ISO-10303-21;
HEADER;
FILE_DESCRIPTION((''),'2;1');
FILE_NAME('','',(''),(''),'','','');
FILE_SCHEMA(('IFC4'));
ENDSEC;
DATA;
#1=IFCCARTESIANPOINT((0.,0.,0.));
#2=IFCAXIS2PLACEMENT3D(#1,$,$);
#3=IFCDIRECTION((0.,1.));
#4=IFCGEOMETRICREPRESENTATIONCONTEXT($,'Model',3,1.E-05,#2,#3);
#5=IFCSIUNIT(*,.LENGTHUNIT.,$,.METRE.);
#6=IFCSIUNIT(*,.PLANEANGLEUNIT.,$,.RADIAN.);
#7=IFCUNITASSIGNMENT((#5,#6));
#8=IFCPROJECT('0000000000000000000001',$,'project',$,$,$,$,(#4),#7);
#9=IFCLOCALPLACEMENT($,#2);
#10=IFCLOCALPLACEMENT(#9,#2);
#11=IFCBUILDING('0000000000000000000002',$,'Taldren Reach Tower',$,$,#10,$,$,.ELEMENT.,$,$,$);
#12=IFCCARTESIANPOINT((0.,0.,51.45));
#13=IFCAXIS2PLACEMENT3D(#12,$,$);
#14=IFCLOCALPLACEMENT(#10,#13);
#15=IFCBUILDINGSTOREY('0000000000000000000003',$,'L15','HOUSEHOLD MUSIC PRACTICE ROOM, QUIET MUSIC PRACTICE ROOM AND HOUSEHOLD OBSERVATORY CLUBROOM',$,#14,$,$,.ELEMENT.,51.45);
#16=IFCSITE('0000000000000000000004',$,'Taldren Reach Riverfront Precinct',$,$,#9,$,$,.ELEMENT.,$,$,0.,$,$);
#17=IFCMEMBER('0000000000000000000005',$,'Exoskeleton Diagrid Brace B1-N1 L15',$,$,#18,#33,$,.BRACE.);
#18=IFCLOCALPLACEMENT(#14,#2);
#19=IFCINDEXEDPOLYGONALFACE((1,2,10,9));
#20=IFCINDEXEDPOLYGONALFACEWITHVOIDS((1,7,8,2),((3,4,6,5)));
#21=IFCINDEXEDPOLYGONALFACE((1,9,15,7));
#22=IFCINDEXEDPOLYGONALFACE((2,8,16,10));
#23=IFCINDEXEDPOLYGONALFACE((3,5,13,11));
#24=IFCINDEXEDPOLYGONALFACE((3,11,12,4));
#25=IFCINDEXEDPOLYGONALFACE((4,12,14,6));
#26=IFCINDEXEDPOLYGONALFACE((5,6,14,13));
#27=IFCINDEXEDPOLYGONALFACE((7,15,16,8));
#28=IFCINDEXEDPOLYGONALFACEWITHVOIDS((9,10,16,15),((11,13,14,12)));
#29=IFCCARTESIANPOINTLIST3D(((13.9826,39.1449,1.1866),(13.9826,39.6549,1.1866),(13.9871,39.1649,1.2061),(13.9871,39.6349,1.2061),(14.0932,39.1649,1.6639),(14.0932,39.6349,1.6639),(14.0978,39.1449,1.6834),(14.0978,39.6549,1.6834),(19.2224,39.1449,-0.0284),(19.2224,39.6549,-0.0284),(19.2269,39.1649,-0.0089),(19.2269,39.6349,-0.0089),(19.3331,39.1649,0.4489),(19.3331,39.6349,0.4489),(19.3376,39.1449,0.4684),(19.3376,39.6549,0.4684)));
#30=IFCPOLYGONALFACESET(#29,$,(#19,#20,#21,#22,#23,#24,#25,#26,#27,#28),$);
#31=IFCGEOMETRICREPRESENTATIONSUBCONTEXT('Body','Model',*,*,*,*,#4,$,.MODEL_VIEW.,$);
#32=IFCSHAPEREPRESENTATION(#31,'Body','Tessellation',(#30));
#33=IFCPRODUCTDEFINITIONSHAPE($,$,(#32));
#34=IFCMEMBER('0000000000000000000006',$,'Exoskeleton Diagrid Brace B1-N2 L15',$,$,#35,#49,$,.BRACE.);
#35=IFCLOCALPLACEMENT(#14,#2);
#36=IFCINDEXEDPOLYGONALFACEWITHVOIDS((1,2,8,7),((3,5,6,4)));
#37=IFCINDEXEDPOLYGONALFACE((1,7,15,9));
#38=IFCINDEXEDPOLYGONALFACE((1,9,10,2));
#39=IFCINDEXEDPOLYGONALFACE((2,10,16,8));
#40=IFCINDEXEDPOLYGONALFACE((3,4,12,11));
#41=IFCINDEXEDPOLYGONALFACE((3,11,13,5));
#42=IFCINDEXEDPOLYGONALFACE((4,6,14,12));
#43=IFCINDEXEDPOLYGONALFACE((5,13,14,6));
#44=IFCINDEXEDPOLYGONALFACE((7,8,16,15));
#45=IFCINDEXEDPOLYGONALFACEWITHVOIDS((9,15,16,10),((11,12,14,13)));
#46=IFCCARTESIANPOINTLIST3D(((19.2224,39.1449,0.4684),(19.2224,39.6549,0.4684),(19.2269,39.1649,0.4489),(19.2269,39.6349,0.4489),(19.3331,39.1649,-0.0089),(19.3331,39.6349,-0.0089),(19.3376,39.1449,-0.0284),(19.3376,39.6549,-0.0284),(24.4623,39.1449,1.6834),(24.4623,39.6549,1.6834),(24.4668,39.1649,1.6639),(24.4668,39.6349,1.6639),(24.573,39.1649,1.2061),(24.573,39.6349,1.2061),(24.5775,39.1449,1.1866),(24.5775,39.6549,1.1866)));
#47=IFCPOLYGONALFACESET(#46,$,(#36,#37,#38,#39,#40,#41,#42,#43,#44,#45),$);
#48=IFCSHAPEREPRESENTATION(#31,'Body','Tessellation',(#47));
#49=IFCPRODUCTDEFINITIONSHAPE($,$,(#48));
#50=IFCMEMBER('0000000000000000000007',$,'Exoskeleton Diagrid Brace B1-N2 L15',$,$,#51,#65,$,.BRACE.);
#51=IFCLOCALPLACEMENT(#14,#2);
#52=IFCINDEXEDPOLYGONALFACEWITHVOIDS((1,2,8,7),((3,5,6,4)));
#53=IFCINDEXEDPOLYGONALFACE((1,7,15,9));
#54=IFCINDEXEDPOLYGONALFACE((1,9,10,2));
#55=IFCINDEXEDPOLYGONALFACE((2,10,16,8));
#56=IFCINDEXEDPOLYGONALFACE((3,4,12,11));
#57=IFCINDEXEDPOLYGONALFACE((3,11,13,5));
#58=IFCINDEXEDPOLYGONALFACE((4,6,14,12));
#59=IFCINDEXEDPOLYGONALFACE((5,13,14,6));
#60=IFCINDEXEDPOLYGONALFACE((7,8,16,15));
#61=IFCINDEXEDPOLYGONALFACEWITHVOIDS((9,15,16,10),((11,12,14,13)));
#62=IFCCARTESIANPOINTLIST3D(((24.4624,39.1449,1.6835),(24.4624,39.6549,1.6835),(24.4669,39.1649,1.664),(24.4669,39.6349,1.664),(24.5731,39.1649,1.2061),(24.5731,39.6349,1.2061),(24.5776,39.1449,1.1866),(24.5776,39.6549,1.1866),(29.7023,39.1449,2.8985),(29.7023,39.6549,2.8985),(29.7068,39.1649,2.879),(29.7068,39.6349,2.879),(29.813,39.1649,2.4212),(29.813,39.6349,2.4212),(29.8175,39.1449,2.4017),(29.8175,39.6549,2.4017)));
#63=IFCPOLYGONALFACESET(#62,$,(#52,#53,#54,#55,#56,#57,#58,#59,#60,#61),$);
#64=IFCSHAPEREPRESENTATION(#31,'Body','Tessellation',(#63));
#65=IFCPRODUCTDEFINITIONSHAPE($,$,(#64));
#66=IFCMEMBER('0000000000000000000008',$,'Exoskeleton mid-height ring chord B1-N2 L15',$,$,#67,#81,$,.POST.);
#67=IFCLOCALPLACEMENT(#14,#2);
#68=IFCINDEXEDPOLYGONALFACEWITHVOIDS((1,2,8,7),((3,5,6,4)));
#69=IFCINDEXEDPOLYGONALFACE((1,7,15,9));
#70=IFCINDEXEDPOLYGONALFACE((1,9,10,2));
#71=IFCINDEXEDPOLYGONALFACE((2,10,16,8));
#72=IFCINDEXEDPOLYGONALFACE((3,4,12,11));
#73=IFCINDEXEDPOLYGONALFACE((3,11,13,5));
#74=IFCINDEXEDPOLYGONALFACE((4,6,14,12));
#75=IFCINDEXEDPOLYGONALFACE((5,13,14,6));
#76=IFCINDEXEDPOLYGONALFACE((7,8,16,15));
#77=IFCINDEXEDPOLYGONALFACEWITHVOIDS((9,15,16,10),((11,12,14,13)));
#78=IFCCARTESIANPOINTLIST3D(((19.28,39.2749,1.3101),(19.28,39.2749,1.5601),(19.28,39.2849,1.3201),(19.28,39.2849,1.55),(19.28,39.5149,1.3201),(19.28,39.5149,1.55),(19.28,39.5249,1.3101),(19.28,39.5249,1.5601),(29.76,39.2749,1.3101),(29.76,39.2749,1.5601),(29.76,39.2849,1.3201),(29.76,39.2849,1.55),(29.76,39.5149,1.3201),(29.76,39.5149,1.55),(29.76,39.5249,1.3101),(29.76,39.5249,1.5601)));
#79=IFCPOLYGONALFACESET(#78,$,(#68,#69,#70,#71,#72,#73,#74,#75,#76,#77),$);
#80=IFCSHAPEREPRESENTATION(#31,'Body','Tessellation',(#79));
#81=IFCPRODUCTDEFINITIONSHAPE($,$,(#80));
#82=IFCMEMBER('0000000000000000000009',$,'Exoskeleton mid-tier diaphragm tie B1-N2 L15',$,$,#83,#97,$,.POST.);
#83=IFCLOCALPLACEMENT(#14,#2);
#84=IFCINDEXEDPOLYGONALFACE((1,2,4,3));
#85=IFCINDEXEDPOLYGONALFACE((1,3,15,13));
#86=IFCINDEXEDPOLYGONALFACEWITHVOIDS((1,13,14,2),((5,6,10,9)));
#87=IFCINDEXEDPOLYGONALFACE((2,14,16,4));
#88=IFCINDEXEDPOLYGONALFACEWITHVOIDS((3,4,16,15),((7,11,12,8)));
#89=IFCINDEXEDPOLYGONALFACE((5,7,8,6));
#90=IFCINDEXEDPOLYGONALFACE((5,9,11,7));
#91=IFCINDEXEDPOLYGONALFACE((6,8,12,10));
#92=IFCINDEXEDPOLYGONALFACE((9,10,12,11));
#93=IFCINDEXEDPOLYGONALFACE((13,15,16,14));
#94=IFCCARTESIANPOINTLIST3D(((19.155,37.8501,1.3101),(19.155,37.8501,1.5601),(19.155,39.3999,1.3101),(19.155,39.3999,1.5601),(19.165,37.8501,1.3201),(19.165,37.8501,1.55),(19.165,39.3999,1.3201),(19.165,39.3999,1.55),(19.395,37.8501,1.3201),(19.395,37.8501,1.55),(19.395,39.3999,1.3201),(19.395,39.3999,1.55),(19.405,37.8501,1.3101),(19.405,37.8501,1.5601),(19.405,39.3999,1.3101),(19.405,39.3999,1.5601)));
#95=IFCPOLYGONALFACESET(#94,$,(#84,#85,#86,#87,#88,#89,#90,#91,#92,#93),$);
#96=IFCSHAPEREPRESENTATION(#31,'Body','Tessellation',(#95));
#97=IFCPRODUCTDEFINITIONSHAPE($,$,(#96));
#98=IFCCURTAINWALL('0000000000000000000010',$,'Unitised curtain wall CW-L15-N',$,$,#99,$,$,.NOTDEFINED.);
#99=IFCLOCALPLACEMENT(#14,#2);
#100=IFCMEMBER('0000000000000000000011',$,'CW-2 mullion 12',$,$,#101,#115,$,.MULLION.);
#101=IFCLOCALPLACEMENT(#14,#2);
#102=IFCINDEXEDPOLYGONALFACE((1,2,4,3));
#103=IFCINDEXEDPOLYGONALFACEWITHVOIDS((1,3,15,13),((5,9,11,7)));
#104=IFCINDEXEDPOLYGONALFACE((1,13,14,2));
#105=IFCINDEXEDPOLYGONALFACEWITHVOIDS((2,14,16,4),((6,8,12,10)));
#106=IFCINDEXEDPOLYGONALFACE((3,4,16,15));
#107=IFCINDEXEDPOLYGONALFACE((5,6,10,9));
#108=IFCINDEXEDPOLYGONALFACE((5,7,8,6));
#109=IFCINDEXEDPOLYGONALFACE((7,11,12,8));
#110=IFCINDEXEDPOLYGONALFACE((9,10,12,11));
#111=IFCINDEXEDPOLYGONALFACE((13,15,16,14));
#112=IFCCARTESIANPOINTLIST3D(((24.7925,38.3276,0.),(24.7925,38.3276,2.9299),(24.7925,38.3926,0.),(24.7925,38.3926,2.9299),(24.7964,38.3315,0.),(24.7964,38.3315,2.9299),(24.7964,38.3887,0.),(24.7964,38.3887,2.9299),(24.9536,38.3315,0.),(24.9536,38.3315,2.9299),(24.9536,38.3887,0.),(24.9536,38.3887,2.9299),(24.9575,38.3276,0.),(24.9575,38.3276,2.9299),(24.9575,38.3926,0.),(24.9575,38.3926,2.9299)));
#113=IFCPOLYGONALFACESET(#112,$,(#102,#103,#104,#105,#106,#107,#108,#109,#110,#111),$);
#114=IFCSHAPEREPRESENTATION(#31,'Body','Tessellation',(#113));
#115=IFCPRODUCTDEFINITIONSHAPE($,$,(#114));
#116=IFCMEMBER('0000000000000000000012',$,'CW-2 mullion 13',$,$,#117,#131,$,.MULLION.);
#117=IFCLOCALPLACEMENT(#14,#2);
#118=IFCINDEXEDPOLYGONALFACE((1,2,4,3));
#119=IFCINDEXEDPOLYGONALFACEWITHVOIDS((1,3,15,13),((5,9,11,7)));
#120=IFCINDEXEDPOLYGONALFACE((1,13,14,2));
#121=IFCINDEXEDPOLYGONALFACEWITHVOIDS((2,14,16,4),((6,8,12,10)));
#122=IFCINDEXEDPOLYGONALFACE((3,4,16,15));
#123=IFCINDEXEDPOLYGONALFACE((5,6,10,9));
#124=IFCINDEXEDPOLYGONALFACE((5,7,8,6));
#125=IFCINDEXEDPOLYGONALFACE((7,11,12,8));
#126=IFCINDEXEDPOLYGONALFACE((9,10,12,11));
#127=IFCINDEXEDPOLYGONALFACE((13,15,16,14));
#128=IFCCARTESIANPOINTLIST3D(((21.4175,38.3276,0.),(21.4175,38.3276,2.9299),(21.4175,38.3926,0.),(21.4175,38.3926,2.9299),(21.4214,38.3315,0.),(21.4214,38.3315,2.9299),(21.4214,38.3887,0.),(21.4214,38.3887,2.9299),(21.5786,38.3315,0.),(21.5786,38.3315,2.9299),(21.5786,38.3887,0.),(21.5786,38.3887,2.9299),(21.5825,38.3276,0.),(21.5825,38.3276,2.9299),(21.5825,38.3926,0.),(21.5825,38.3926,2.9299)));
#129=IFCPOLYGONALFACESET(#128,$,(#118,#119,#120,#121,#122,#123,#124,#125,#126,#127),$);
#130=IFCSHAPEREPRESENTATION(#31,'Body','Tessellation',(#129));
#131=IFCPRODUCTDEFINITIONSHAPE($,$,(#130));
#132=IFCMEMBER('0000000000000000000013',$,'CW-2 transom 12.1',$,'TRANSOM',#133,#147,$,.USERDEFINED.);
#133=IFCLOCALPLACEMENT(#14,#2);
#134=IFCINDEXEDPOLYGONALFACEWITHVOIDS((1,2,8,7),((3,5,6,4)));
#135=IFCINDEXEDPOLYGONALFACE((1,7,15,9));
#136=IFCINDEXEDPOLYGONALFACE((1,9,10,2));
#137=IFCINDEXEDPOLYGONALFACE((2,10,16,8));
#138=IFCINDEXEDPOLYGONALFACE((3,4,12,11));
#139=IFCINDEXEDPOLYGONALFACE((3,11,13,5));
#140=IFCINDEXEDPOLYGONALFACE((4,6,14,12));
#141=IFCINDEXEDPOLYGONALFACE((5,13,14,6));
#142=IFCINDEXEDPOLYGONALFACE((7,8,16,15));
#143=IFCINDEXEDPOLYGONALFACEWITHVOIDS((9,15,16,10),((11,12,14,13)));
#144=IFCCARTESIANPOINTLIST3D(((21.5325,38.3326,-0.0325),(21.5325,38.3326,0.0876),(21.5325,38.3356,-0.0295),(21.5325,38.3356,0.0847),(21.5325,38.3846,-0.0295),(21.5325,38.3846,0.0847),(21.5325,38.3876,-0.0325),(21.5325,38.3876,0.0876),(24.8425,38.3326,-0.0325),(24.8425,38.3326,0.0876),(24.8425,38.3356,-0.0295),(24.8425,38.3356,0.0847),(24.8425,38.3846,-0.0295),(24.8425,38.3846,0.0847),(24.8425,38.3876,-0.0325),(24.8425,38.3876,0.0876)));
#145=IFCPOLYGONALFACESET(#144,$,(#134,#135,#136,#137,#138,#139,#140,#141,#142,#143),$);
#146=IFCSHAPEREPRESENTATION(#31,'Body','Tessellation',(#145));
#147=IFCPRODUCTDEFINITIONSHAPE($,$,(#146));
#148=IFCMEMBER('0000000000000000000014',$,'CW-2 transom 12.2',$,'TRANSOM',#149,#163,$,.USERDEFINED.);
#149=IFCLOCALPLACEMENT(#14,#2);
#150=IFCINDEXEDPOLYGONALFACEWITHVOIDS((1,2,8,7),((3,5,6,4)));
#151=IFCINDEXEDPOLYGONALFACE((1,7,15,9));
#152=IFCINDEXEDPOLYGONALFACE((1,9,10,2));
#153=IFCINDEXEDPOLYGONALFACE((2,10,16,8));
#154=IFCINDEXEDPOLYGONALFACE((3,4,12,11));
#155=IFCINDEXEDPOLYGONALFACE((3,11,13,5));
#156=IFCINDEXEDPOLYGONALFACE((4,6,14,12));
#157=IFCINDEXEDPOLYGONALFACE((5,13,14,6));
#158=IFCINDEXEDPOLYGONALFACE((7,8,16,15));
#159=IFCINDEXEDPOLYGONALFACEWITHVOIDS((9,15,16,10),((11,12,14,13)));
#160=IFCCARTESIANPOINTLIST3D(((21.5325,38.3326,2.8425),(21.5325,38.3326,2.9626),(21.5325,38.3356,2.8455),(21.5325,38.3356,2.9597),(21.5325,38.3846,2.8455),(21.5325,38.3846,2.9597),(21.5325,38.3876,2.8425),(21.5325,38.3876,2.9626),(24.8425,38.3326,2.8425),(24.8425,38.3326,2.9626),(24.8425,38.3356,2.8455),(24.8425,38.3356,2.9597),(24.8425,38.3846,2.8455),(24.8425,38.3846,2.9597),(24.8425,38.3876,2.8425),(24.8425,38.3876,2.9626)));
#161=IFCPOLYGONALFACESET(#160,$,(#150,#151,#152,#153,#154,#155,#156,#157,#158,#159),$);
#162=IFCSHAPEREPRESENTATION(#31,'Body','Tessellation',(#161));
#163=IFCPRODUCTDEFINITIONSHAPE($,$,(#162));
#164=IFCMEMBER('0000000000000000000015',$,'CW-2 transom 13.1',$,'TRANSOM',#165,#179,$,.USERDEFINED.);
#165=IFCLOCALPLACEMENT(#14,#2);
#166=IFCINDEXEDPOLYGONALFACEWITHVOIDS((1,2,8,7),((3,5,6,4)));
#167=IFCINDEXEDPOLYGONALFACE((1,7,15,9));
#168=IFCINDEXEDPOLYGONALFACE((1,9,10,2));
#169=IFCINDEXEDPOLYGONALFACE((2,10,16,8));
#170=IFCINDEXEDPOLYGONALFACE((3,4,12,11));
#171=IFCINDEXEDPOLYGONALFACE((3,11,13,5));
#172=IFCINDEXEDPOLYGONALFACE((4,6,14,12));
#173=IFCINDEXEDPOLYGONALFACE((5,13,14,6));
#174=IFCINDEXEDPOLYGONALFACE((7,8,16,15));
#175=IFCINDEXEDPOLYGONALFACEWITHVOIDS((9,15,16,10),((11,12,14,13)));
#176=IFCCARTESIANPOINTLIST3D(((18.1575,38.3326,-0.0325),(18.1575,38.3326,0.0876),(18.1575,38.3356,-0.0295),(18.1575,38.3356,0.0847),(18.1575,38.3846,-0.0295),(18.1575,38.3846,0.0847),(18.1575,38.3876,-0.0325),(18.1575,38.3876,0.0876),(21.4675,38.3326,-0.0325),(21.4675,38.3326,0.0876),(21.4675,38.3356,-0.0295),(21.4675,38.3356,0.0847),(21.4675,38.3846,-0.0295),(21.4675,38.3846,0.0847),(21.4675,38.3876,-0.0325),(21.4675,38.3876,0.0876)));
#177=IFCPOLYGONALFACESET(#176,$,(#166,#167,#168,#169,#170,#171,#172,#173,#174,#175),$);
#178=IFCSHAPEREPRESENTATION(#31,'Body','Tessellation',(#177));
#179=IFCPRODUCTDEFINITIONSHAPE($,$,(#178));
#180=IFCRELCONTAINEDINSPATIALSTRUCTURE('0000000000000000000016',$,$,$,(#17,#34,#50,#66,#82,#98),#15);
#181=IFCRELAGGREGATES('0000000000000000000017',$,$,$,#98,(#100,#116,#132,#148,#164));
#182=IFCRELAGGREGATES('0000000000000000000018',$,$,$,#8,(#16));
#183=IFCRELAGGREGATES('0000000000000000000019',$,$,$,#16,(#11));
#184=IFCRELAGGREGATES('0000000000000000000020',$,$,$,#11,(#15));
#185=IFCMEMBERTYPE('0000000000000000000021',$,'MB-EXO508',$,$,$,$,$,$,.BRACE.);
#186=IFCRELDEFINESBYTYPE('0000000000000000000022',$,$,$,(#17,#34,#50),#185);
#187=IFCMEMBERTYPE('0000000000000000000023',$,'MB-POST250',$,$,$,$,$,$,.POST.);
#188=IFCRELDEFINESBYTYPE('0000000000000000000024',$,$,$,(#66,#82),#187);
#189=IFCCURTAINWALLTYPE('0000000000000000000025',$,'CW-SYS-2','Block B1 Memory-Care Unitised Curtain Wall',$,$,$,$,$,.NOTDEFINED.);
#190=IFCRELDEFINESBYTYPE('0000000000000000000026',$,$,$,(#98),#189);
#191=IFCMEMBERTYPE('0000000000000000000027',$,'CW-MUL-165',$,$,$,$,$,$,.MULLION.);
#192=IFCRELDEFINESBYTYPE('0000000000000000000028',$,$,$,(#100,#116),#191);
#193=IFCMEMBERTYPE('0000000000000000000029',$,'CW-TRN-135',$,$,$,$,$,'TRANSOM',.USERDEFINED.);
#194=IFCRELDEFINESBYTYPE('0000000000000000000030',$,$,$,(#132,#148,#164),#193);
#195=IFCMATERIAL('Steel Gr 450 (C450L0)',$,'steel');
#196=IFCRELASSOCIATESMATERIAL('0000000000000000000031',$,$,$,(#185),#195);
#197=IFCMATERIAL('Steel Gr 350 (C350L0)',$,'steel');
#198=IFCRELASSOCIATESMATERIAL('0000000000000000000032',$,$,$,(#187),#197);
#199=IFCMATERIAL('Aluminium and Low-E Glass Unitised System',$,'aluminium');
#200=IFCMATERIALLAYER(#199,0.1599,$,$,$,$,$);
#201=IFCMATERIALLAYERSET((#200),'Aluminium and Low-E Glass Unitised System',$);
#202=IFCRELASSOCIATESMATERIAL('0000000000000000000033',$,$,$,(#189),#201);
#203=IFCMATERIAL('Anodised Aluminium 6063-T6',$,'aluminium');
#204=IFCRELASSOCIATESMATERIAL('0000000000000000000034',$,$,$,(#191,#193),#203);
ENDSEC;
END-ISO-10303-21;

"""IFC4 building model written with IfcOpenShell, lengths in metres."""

from ifc_helpers import new_model, si_unit, direction, frame, origin, origin_2d, place, context, subcontext, project, spatial, hollow_rectangle, extrude, source, transform, mapped, material, layer, layer_set, material_profile, profile_set, type_object, element, aggregate, save


model = new_model("IFC4")

# Units and contexts
model_context = context("Model", 3, precision=1e-05, world=origin(), true_north=direction((0.0, 1.0)))
body_context = subcontext(model_context, "Body", "Model", "MODEL_VIEW")
ifc_project = project(units=[si_unit("LENGTHUNIT", "METRE"), si_unit("PLANEANGLEUNIT", "RADIAN")], contexts=[model_context])

# Site, building, storey
site_placement = place(None, origin())
site = spatial("IfcSite", under=ifc_project, at=site_placement, Name="Taldren Reach Riverfront Precinct", CompositionType="ELEMENT", RefElevation=0.0)
building_placement = place(site_placement, origin())
building = spatial("IfcBuilding", under=site, at=building_placement, Name="Taldren Reach Tower", CompositionType="ELEMENT")
storey_placement = place(building_placement, frame((0.0, 0.0, 51.45)))
storey = spatial("IfcBuildingStorey", under=building, at=storey_placement, Name="L15", Description="HOUSEHOLD MUSIC PRACTICE ROOM, QUIET MUSIC PRACTICE ROOM AND HOUSEHOLD OBSERVATORY CLUBROOM", CompositionType="ELEMENT", Elevation=51.45)

# Members
ifc_material_1 = material(Name="Steel Gr 450 (C450L0)", Category="steel")
ifc_material_profile_1 = material_profile(ifc_material_1, hollow_rectangle(XDim=0.51, YDim=0.51, WallThickness=0.02, at=origin_2d()), Name="510x510x20.0SHS")
ifc_profile_set_1 = profile_set([ifc_material_profile_1], Name="Steel Gr 450 (C450L0)")
member_type_1 = type_object("IfcMemberType", Name="MB-EXO508", PredefinedType="BRACE", material=ifc_profile_set_1)
shared_shape_1 = source(origin(), body_context, "Body", "SweptSolid", [
    extrude(hollow_rectangle(XDim=0.51, YDim=0.51, WallThickness=0.02, at=origin_2d()), origin(), (0.0, 0.0, 1.0), 5.3789),
])
for number, where, z_axis, x_axis, name in (
    (1, (19.28, 39.3999, 0.22), (-0.974152, 0.0, 0.225894), (0.0, -1.0, 0.0), "Exoskeleton Diagrid Brace B1-N1 L15"),
    (2, (19.28, 39.3999, 0.22), (0.974152, 0.0, 0.225894), (0.0, 1.0, 0.0), "Exoskeleton Diagrid Brace B1-N2 L15"),
    (3, (24.52, 39.3999, 1.4351), (0.974152, 0.0, 0.225894), (0.0, 1.0, 0.0), "Exoskeleton Diagrid Brace B1-N2 L15"),
):
    element("IfcMember", number, at=place(storey_placement, frame(where, z_axis=z_axis, x_axis=x_axis)), inside=storey, type_object=member_type_1, Name=name, PredefinedType="BRACE", context=body_context, shape_type="MappedRepresentation", body=[
        mapped(shared_shape_1, transform((0.0, 0.0, 0.0), scale=1.0)),
    ])
ifc_material_2 = material(Name="Steel Gr 350 (C350L0)", Category="steel")
ifc_material_profile_2 = material_profile(ifc_material_2, hollow_rectangle(XDim=0.25, YDim=0.25, WallThickness=0.01, at=origin_2d()), Name="250x250x10.0SHS")
ifc_profile_set_2 = profile_set([ifc_material_profile_2], Name="Steel Gr 350 (C350L0)")
member_type_2 = type_object("IfcMemberType", Name="MB-POST250", PredefinedType="POST", material=ifc_profile_set_2)
shared_shape_2 = source(origin(), body_context, "Body", "SweptSolid", [
    extrude(hollow_rectangle(XDim=0.25, YDim=0.25, WallThickness=0.01, at=origin_2d()), origin(), (0.0, 0.0, 1.0), 10.48),
])
member_1_placement = place(storey_placement, frame((19.28, 39.3999, 1.4351), z_axis=(1.0, 0.0, 0.0), x_axis=(0.0, 1.0, 0.0)))
element("IfcMember", 4, at=member_1_placement, inside=storey, type_object=member_type_2, Name="Exoskeleton mid-height ring chord B1-N2 L15", PredefinedType="POST", context=body_context, shape_type="MappedRepresentation", body=[
    mapped(shared_shape_2, transform((0.0, 0.0, 0.0), scale=1.0)),
])
shared_shape_3 = source(origin(), body_context, "Body", "SweptSolid", [
    extrude(hollow_rectangle(XDim=0.25, YDim=0.25, WallThickness=0.01, at=origin_2d()), origin(), (0.0, 0.0, 1.0), 1.5498),
])
member_2_placement = place(storey_placement, frame((19.28, 37.8501, 1.4351), z_axis=(0.0, 1.0, 0.0), x_axis=(-1.0, 0.0, 0.0)))
element("IfcMember", 5, at=member_2_placement, inside=storey, type_object=member_type_2, Name="Exoskeleton mid-tier diaphragm tie B1-N2 L15", PredefinedType="POST", context=body_context, shape_type="MappedRepresentation", body=[
    mapped(shared_shape_3, transform((0.0, 0.0, 0.0), scale=1.0)),
])

# Curtain wall, members
ifc_material_3 = material(Name="Aluminium and Low-E Glass Unitised System", Category="aluminium")
ifc_layer_1 = layer(ifc_material_3, 0.1599)
ifc_layer_set_1 = layer_set([ifc_layer_1], Name="Aluminium and Low-E Glass Unitised System")
curtain_wall_type = type_object("IfcCurtainWallType", Name="CW-SYS-2", Description="Block B1 Memory-Care Unitised Curtain Wall", PredefinedType="NOTDEFINED", material=ifc_layer_set_1)
curtain_wall_placement = place(storey_placement, origin())
curtain_wall = element("IfcCurtainWall", 6, at=curtain_wall_placement, inside=storey, type_object=curtain_wall_type, Name="Unitised curtain wall CW-L15-N", PredefinedType="NOTDEFINED")
ifc_material_4 = material(Name="Anodised Aluminium 6063-T6", Category="aluminium")
ifc_material_profile_3 = material_profile(ifc_material_4, hollow_rectangle(XDim=0.0649, YDim=0.165, WallThickness=0.0039, at=origin_2d()), Name="ALU-165x65x4RHS")
ifc_profile_set_3 = profile_set([ifc_material_profile_3], Name="Anodised Aluminium 6063-T6")
member_type_3 = type_object("IfcMemberType", Name="CW-MUL-165", PredefinedType="MULLION", material=ifc_profile_set_3)
shared_shape_4 = source(origin(), body_context, "Body", "SweptSolid", [
    extrude(hollow_rectangle(XDim=0.0649, YDim=0.165, WallThickness=0.0039, at=origin_2d()), origin(), (0.0, 0.0, 1.0), 2.9299),
])
member_3_placement = place(storey_placement, frame((24.875, 38.3601, 0.0), z_axis=(0.0, 0.0, 1.0), x_axis=(0.0, -1.0, 0.0)))
member_3 = element("IfcMember", 7, at=member_3_placement, type_object=member_type_3, Name="CW-2 mullion 12", PredefinedType="MULLION", context=body_context, shape_type="MappedRepresentation", body=[
    mapped(shared_shape_4, transform((0.0, 0.0, 0.0), scale=1.0)),
])
member_4_placement = place(storey_placement, frame((21.5, 38.3601, 0.0), z_axis=(0.0, 0.0, 1.0), x_axis=(0.0, -1.0, 0.0)))
member_4 = element("IfcMember", 8, at=member_4_placement, type_object=member_type_3, Name="CW-2 mullion 13", PredefinedType="MULLION", context=body_context, shape_type="MappedRepresentation", body=[
    mapped(shared_shape_4, transform((0.0, 0.0, 0.0), scale=1.0)),
])
ifc_material_profile_4 = material_profile(ifc_material_4, hollow_rectangle(XDim=0.0549, YDim=0.1201, WallThickness=0.0029, at=origin_2d()), Name="ALU-120x55x3RHS")
ifc_profile_set_4 = profile_set([ifc_material_profile_4], Name="Anodised Aluminium 6063-T6")
member_type_4 = type_object("IfcMemberType", Name="CW-TRN-135", ElementType="TRANSOM", PredefinedType="USERDEFINED", material=ifc_profile_set_4)
shared_shape_5 = source(origin(), body_context, "Body", "SweptSolid", [
    extrude(hollow_rectangle(XDim=0.0549, YDim=0.1201, WallThickness=0.0029, at=origin_2d()), origin(), (0.0, 0.0, 1.0), 3.3101),
])
member_5_placement = place(storey_placement, frame((24.8425, 38.3601, 0.0276), z_axis=(-1.0, 0.0, 0.0), x_axis=(0.0, -1.0, 0.0)))
member_5 = element("IfcMember", 9, at=member_5_placement, type_object=member_type_4, Name="CW-2 transom 12.1", ObjectType="TRANSOM", PredefinedType="USERDEFINED", context=body_context, shape_type="MappedRepresentation", body=[
    mapped(shared_shape_5, transform((0.0, 0.0, 0.0), scale=1.0)),
])
member_6_placement = place(storey_placement, frame((24.8425, 38.3601, 2.9026), z_axis=(-1.0, 0.0, 0.0), x_axis=(0.0, -1.0, 0.0)))
member_6 = element("IfcMember", 10, at=member_6_placement, type_object=member_type_4, Name="CW-2 transom 12.2", ObjectType="TRANSOM", PredefinedType="USERDEFINED", context=body_context, shape_type="MappedRepresentation", body=[
    mapped(shared_shape_5, transform((0.0, 0.0, 0.0), scale=1.0)),
])
member_7_placement = place(storey_placement, frame((21.4675, 38.3601, 0.0276), z_axis=(-1.0, 0.0, 0.0), x_axis=(0.0, -1.0, 0.0)))
member_7 = element("IfcMember", 11, at=member_7_placement, type_object=member_type_4, Name="CW-2 transom 13.1", ObjectType="TRANSOM", PredefinedType="USERDEFINED", context=body_context, shape_type="MappedRepresentation", body=[
    mapped(shared_shape_5, transform((0.0, 0.0, 0.0), scale=1.0)),
])

aggregate(curtain_wall, [member_3, member_4, member_5, member_6, member_7])

save(model, "model.ifc")
